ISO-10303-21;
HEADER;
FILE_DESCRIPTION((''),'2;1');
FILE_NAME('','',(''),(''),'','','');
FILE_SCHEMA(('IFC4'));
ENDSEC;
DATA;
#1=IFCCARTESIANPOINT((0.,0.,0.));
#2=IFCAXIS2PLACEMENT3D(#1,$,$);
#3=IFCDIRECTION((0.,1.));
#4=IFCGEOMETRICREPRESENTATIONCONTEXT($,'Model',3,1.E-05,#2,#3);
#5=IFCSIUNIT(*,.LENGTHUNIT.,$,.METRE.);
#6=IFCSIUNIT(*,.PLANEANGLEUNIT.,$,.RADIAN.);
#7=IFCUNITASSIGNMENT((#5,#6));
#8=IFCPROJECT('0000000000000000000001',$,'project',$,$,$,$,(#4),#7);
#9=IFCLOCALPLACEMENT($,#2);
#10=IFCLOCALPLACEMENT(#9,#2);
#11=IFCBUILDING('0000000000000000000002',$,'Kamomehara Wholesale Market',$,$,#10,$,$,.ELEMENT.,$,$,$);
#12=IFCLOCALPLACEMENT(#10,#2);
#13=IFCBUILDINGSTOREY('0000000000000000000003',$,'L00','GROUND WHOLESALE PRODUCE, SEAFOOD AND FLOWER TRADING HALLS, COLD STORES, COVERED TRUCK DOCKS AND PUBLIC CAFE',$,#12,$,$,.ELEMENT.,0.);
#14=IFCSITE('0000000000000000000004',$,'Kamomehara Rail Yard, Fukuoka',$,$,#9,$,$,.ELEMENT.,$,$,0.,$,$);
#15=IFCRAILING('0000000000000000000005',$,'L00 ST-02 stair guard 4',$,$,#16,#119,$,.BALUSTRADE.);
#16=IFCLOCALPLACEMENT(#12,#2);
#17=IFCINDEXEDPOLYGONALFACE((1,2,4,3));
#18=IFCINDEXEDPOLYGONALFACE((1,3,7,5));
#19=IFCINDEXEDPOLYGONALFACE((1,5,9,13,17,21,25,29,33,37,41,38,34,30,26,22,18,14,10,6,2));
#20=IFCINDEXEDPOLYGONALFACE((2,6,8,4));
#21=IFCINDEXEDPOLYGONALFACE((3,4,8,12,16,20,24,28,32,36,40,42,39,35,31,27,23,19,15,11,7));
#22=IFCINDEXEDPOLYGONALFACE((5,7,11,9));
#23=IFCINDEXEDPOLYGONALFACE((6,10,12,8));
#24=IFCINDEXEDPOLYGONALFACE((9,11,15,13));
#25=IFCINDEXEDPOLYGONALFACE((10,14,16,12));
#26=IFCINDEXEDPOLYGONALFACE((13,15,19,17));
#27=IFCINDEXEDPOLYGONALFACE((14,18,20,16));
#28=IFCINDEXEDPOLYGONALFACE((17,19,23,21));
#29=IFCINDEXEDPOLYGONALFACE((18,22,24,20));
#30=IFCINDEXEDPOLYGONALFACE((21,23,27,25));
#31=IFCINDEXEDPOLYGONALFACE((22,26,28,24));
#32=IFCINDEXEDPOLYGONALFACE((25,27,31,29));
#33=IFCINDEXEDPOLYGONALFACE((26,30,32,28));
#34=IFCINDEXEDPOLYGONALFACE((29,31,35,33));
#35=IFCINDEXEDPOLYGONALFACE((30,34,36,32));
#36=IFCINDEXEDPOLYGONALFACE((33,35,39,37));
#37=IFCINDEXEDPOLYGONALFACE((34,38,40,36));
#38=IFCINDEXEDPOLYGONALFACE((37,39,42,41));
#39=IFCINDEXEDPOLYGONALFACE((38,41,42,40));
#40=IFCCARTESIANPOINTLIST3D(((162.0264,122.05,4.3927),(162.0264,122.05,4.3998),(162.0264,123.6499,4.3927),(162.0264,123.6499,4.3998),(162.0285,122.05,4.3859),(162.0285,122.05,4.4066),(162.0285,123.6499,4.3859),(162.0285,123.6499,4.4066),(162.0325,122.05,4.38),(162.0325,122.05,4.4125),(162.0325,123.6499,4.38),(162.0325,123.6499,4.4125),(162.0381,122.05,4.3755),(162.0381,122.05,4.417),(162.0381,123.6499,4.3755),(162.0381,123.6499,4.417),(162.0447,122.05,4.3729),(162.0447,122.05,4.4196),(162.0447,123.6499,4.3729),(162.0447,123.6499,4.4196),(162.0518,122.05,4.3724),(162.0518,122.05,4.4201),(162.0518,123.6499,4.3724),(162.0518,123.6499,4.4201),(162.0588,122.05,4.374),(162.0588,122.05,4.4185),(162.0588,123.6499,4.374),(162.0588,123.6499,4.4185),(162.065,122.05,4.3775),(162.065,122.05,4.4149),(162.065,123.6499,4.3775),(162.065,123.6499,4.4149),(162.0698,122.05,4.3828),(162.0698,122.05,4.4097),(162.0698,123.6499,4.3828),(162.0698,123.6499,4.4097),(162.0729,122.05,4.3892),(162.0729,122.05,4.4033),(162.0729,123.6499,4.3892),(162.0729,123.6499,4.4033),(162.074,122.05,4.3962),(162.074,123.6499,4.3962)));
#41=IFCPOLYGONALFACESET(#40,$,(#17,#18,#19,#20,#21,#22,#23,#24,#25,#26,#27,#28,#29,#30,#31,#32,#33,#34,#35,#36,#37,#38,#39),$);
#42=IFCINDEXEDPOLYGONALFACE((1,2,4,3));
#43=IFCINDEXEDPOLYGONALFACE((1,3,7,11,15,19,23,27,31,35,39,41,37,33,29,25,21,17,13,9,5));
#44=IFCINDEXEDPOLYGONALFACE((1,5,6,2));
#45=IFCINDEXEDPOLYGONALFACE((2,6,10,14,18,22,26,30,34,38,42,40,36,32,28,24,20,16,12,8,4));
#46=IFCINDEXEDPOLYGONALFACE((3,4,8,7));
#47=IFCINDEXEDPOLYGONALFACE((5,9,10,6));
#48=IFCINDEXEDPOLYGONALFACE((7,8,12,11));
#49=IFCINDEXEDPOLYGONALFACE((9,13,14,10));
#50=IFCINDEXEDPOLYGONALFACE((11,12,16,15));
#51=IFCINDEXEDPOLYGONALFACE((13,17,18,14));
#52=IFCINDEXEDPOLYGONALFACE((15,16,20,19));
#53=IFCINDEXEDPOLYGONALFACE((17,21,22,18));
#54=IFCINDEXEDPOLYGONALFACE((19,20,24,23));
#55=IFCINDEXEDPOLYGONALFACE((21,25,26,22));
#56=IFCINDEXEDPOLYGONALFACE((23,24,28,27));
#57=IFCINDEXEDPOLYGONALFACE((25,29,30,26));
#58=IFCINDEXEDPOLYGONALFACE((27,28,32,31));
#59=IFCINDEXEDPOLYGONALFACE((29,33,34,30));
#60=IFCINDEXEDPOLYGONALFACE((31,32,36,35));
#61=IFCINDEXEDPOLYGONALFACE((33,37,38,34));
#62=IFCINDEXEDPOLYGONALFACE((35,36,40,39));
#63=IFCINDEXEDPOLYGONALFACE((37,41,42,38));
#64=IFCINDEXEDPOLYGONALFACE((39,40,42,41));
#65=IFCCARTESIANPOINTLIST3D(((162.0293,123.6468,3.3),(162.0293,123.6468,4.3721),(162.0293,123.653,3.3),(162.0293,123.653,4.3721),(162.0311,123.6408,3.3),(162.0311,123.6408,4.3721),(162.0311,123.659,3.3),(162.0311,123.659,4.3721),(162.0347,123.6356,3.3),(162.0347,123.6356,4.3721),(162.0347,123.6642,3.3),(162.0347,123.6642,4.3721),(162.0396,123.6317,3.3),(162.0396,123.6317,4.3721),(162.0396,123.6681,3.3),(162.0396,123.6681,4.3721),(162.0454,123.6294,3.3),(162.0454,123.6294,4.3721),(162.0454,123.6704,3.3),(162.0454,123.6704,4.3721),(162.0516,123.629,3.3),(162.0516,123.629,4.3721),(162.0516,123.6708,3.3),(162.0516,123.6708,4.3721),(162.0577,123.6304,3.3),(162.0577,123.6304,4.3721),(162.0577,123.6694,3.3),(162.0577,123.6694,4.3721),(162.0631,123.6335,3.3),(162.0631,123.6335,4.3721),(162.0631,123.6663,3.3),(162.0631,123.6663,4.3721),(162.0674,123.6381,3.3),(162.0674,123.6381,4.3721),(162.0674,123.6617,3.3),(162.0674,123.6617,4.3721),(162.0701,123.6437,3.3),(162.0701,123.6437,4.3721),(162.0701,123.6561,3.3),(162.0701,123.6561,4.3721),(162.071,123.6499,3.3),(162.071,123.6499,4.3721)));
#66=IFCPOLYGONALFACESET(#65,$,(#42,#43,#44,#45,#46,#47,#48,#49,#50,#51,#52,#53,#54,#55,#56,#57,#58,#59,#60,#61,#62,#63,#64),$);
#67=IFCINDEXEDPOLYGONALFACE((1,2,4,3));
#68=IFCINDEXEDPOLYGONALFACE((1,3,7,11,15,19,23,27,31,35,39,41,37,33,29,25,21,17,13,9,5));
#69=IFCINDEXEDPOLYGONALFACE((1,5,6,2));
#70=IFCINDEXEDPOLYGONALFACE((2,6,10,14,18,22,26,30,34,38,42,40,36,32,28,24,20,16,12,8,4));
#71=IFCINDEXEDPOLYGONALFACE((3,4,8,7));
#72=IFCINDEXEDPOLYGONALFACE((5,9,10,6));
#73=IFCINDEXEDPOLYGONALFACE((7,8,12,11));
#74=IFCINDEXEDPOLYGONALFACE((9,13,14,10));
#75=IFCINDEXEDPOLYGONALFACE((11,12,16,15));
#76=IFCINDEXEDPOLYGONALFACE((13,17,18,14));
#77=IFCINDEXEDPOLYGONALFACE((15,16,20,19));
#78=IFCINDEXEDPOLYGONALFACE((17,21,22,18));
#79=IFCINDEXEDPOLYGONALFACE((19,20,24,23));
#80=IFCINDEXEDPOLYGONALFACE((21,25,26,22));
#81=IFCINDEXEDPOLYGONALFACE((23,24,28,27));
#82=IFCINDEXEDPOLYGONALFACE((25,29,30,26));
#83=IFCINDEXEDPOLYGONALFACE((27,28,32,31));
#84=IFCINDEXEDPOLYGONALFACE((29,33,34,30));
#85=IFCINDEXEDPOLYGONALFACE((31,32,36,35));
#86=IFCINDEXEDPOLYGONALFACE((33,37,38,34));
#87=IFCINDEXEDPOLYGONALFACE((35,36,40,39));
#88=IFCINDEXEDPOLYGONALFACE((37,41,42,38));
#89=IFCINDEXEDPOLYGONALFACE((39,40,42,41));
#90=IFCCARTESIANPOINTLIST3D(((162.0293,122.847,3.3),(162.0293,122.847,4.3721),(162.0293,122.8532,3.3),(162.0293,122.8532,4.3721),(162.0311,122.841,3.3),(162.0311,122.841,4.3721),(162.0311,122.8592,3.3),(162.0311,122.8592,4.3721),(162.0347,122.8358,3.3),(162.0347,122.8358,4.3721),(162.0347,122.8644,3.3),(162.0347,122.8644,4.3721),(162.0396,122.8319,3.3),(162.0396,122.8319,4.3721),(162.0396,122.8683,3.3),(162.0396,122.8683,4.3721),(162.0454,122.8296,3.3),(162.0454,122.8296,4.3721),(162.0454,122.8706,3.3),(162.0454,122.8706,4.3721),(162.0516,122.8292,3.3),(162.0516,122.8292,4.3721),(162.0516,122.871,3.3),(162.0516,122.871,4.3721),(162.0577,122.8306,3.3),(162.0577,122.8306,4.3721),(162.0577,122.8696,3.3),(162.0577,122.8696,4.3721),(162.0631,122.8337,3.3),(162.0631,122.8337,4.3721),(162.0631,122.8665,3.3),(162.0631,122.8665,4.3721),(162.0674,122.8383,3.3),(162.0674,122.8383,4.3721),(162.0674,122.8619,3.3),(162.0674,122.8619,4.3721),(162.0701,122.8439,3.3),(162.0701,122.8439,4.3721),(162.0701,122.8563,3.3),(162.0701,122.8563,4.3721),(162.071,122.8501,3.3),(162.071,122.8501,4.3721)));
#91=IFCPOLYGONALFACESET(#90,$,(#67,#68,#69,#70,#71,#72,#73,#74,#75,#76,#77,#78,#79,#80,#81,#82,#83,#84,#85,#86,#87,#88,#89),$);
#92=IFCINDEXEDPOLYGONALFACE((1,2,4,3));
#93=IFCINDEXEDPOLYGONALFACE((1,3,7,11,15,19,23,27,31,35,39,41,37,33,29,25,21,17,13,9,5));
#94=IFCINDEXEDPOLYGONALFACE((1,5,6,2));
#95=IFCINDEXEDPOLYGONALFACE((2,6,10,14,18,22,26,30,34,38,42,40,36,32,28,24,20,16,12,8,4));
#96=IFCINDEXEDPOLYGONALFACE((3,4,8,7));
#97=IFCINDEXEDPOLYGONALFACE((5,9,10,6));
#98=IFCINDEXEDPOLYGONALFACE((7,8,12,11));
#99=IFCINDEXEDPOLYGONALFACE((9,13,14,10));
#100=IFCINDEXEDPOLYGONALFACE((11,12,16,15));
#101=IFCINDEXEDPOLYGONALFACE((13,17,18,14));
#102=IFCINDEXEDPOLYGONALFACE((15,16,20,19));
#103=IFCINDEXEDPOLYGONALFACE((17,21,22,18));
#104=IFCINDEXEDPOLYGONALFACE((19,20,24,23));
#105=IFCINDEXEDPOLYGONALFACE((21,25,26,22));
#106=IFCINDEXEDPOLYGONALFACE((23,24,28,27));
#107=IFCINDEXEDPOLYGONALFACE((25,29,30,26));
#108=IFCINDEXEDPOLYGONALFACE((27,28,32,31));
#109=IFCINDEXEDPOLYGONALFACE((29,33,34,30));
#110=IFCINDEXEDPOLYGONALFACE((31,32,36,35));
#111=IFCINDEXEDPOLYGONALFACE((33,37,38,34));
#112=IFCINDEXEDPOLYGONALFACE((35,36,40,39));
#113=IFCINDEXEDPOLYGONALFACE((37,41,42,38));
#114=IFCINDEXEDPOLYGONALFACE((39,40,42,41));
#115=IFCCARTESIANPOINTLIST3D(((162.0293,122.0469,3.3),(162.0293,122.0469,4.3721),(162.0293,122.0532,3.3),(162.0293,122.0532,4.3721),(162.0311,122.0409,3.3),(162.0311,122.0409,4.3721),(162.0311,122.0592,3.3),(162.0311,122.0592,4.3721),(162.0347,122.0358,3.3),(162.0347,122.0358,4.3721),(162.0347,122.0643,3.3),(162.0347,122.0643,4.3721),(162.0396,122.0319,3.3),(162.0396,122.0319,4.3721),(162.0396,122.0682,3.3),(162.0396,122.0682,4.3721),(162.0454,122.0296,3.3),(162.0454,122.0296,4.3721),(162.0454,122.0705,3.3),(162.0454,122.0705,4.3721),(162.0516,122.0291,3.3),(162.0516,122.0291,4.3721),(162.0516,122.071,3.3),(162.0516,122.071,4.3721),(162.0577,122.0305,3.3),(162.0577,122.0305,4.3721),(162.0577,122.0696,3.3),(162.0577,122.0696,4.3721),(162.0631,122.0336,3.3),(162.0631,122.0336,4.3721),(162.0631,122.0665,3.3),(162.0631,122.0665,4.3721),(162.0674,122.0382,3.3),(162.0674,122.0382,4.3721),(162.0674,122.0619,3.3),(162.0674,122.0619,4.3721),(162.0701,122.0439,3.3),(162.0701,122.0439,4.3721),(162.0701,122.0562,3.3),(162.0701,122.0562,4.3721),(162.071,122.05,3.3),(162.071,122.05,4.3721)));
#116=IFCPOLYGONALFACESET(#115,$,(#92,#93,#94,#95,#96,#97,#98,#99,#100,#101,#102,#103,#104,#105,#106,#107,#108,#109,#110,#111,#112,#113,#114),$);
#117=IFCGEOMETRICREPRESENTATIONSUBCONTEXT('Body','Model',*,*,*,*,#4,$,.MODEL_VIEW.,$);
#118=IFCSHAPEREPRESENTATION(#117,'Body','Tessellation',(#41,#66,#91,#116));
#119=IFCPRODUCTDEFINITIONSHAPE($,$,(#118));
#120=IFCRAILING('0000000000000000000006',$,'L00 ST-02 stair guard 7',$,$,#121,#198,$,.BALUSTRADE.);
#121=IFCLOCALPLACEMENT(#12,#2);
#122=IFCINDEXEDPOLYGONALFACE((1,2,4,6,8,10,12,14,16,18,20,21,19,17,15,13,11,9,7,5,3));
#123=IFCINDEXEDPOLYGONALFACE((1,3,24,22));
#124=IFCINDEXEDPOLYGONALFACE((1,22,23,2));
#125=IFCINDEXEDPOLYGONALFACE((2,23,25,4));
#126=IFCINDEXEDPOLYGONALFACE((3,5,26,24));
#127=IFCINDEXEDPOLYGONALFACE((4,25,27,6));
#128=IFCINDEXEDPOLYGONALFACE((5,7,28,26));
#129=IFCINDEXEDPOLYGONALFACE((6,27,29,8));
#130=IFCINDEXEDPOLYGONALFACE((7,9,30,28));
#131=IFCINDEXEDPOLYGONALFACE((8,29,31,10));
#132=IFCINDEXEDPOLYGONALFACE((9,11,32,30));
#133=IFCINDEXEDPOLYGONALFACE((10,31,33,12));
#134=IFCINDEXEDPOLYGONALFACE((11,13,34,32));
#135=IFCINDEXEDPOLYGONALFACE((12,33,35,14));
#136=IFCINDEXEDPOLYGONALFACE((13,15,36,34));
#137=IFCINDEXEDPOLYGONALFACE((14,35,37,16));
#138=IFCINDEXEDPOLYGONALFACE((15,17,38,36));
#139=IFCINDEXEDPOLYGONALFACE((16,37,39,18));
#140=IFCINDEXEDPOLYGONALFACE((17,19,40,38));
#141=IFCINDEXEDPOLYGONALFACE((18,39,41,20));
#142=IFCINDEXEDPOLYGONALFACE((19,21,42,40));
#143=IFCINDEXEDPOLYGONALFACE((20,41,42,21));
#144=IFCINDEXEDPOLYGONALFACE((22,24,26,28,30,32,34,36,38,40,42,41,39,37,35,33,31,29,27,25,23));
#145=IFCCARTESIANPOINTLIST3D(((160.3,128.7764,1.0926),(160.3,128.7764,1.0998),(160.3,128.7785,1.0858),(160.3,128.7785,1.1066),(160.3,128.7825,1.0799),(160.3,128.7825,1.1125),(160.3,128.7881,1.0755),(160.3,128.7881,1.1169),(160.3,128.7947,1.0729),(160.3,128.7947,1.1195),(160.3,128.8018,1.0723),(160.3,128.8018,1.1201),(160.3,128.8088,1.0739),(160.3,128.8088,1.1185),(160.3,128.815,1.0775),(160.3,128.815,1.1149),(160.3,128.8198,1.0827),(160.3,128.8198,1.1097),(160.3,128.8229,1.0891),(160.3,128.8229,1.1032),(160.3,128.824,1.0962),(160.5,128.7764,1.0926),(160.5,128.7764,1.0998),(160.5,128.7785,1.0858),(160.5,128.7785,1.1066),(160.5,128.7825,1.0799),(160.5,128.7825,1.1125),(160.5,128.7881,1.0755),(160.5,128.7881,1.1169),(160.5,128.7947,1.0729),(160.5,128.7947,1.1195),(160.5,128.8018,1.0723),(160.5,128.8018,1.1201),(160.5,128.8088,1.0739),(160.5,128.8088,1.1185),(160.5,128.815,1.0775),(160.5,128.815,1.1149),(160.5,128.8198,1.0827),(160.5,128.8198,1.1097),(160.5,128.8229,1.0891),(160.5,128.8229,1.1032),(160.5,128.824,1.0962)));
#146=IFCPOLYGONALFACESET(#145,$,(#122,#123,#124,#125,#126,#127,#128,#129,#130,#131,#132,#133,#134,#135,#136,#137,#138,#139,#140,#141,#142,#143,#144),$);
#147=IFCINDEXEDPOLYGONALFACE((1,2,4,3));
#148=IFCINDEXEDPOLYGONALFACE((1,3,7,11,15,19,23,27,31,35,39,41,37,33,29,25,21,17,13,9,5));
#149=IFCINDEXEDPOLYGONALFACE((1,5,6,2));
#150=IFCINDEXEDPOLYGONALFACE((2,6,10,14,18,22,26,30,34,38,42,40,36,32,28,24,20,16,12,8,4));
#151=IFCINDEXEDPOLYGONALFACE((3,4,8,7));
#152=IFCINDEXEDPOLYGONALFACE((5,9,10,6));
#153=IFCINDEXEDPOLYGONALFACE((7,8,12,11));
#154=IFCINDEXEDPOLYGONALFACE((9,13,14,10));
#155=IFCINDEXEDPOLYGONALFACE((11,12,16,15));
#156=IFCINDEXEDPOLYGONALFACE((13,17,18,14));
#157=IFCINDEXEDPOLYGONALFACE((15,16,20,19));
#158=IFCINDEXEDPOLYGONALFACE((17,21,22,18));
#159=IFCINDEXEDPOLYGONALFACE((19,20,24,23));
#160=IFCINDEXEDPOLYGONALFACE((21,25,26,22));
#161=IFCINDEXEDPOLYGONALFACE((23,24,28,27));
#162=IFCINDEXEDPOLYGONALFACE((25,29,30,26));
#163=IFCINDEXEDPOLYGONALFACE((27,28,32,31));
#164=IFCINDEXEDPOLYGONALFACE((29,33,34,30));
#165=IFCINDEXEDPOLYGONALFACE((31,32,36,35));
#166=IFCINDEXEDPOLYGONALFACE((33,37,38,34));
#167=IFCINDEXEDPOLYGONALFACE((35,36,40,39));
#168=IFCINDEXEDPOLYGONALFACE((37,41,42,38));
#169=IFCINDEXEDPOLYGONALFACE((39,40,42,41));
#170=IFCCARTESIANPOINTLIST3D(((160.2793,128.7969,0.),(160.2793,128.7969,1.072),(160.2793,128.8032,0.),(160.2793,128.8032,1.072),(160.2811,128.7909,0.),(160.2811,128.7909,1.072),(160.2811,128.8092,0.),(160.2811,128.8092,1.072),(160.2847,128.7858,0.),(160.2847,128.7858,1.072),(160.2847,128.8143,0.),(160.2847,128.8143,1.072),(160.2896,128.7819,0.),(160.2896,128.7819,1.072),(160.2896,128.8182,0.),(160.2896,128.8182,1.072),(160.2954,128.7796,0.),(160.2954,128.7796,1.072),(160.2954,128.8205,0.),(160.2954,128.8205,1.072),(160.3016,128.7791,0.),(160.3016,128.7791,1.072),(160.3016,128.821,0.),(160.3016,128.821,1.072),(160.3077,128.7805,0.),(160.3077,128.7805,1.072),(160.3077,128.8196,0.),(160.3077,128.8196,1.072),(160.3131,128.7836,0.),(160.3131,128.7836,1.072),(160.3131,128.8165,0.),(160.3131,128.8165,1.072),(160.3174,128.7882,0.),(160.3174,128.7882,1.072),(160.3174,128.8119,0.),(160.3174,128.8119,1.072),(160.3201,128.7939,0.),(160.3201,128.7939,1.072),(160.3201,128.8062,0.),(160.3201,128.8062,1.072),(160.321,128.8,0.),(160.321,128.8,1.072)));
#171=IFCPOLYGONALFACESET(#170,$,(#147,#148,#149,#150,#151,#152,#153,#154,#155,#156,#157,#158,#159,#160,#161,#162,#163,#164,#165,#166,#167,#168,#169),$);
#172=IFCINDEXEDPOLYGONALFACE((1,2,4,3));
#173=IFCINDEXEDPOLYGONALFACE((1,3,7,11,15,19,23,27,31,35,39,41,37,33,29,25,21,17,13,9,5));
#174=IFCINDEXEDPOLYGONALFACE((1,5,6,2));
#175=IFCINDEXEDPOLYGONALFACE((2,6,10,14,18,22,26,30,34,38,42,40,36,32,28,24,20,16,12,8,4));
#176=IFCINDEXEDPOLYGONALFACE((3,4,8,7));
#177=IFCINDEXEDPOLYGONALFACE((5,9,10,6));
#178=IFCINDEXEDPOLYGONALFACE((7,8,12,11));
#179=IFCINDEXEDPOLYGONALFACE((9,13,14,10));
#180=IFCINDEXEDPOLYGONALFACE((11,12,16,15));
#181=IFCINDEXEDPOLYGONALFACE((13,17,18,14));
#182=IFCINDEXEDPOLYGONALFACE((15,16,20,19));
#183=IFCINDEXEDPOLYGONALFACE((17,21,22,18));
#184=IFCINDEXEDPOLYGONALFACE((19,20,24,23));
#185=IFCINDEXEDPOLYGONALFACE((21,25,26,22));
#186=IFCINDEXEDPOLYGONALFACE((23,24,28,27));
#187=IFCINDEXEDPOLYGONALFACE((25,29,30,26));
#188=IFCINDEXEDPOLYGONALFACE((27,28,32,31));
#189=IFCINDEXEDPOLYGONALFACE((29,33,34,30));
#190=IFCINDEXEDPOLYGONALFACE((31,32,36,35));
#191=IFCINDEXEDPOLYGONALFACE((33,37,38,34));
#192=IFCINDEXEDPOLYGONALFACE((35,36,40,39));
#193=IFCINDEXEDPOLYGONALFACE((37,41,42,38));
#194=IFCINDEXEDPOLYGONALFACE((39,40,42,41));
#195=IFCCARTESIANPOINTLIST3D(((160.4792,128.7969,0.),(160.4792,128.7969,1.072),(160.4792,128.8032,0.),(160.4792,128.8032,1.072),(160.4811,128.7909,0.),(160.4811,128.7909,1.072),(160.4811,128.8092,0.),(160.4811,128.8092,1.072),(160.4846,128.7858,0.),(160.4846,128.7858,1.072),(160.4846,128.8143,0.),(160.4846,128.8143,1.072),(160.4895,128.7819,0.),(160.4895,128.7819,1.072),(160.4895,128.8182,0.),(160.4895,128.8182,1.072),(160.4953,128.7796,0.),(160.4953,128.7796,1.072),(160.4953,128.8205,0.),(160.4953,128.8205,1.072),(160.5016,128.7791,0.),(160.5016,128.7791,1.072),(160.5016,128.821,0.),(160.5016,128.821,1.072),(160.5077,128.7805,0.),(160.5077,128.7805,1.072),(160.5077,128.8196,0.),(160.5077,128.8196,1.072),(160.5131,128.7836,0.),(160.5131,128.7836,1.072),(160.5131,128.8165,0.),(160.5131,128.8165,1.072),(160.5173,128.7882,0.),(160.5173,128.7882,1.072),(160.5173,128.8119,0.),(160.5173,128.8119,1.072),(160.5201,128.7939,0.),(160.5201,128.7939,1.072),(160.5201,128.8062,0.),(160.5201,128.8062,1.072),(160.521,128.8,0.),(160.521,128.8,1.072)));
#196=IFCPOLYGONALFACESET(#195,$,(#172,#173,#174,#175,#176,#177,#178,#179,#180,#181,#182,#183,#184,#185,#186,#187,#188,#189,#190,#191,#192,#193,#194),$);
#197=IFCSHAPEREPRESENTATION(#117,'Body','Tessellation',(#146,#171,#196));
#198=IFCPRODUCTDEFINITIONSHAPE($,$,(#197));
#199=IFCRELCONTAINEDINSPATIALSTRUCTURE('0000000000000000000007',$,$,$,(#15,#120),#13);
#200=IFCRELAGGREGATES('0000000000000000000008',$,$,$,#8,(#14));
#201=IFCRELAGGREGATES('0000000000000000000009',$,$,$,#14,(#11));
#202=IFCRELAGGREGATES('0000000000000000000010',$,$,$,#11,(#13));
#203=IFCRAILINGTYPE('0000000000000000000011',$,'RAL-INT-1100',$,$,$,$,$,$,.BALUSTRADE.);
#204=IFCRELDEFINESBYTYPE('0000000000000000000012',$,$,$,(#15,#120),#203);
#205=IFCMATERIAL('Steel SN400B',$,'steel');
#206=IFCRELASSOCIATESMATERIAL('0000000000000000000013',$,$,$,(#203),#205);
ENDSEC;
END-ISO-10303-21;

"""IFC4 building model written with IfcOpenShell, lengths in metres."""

from ifc_helpers import new_model, si_unit, direction, frame, origin, origin_2d, place, context, subcontext, project, spatial, circle, extrude, material, type_object, element, save


model = new_model("IFC4")

# Units and contexts
model_context = context("Model", 3, precision=1e-05, world=origin(), true_north=direction((0.0, 1.0)))
body_context = subcontext(model_context, "Body", "Model", "MODEL_VIEW")
ifc_project = project(units=[si_unit("LENGTHUNIT", "METRE"), si_unit("PLANEANGLEUNIT", "RADIAN")], contexts=[model_context])

# Site, building, storey
site_placement = place(None, origin())
site = spatial("IfcSite", under=ifc_project, at=site_placement, Name="Kamomehara Rail Yard, Fukuoka", CompositionType="ELEMENT", RefElevation=0.0)
building_placement = place(site_placement, origin())
building = spatial("IfcBuilding", under=site, at=building_placement, Name="Kamomehara Wholesale Market", CompositionType="ELEMENT")
storey_placement = place(building_placement, origin())
storey = spatial("IfcBuildingStorey", under=building, at=storey_placement, Name="L00", Description="GROUND WHOLESALE PRODUCE, SEAFOOD AND FLOWER TRADING HALLS, COLD STORES, COVERED TRUCK DOCKS AND PUBLIC CAFE", CompositionType="ELEMENT", Elevation=0.0)

# Railings
ifc_material_1 = material(Name="Steel SN400B", Category="steel")
railing_type_1 = type_object("IfcRailingType", Name="RAL-INT-1100", PredefinedType="BALUSTRADE", material=ifc_material_1)
railing_1_placement = place(storey_placement, frame((162.05, 123.6499, 3.3)))
element("IfcRailing", 1, at=railing_1_placement, inside=storey, type_object=railing_type_1, Name="L00 ST-02 stair guard 4", PredefinedType="BALUSTRADE", context=body_context, shape_type="SweptSolid", body=[
    extrude(circle(Radius=0.0239, at=origin_2d()), frame((0.0, 0.0, 1.0962), z_axis=(0.0, -1.0, 0.0), x_axis=(1.0, 0.0, 0.0)), (0.0, 0.0, 1.0), 1.5999),
    extrude(circle(Radius=0.021, at=origin_2d()), origin(), (0.0, 0.0, 1.0), 1.072),
    extrude(circle(Radius=0.021, at=origin_2d()), frame((0.0, -0.7998, 0.0)), (0.0, 0.0, 1.0), 1.072),
    extrude(circle(Radius=0.021, at=origin_2d()), frame((0.0, -1.5999, 0.0)), (0.0, 0.0, 1.0), 1.072),
])
railing_2_placement = place(storey_placement, frame((160.3, 128.8, 0.0)))
element("IfcRailing", 2, at=railing_2_placement, inside=storey, type_object=railing_type_1, Name="L00 ST-02 stair guard 7", PredefinedType="BALUSTRADE", context=body_context, shape_type="SweptSolid", body=[
    extrude(circle(Radius=0.0239, at=origin_2d()), frame((0.0, 0.0, 1.0962), z_axis=(1.0, 0.0, 0.0), x_axis=(0.0, 1.0, 0.0)), (0.0, 0.0, 1.0), 0.2),
    extrude(circle(Radius=0.021, at=origin_2d()), origin(), (0.0, 0.0, 1.0), 1.072),
    extrude(circle(Radius=0.021, at=origin_2d()), frame((0.2, 0.0, 0.0)), (0.0, 0.0, 1.0), 1.072),
])

save(model, "model.ifc")
